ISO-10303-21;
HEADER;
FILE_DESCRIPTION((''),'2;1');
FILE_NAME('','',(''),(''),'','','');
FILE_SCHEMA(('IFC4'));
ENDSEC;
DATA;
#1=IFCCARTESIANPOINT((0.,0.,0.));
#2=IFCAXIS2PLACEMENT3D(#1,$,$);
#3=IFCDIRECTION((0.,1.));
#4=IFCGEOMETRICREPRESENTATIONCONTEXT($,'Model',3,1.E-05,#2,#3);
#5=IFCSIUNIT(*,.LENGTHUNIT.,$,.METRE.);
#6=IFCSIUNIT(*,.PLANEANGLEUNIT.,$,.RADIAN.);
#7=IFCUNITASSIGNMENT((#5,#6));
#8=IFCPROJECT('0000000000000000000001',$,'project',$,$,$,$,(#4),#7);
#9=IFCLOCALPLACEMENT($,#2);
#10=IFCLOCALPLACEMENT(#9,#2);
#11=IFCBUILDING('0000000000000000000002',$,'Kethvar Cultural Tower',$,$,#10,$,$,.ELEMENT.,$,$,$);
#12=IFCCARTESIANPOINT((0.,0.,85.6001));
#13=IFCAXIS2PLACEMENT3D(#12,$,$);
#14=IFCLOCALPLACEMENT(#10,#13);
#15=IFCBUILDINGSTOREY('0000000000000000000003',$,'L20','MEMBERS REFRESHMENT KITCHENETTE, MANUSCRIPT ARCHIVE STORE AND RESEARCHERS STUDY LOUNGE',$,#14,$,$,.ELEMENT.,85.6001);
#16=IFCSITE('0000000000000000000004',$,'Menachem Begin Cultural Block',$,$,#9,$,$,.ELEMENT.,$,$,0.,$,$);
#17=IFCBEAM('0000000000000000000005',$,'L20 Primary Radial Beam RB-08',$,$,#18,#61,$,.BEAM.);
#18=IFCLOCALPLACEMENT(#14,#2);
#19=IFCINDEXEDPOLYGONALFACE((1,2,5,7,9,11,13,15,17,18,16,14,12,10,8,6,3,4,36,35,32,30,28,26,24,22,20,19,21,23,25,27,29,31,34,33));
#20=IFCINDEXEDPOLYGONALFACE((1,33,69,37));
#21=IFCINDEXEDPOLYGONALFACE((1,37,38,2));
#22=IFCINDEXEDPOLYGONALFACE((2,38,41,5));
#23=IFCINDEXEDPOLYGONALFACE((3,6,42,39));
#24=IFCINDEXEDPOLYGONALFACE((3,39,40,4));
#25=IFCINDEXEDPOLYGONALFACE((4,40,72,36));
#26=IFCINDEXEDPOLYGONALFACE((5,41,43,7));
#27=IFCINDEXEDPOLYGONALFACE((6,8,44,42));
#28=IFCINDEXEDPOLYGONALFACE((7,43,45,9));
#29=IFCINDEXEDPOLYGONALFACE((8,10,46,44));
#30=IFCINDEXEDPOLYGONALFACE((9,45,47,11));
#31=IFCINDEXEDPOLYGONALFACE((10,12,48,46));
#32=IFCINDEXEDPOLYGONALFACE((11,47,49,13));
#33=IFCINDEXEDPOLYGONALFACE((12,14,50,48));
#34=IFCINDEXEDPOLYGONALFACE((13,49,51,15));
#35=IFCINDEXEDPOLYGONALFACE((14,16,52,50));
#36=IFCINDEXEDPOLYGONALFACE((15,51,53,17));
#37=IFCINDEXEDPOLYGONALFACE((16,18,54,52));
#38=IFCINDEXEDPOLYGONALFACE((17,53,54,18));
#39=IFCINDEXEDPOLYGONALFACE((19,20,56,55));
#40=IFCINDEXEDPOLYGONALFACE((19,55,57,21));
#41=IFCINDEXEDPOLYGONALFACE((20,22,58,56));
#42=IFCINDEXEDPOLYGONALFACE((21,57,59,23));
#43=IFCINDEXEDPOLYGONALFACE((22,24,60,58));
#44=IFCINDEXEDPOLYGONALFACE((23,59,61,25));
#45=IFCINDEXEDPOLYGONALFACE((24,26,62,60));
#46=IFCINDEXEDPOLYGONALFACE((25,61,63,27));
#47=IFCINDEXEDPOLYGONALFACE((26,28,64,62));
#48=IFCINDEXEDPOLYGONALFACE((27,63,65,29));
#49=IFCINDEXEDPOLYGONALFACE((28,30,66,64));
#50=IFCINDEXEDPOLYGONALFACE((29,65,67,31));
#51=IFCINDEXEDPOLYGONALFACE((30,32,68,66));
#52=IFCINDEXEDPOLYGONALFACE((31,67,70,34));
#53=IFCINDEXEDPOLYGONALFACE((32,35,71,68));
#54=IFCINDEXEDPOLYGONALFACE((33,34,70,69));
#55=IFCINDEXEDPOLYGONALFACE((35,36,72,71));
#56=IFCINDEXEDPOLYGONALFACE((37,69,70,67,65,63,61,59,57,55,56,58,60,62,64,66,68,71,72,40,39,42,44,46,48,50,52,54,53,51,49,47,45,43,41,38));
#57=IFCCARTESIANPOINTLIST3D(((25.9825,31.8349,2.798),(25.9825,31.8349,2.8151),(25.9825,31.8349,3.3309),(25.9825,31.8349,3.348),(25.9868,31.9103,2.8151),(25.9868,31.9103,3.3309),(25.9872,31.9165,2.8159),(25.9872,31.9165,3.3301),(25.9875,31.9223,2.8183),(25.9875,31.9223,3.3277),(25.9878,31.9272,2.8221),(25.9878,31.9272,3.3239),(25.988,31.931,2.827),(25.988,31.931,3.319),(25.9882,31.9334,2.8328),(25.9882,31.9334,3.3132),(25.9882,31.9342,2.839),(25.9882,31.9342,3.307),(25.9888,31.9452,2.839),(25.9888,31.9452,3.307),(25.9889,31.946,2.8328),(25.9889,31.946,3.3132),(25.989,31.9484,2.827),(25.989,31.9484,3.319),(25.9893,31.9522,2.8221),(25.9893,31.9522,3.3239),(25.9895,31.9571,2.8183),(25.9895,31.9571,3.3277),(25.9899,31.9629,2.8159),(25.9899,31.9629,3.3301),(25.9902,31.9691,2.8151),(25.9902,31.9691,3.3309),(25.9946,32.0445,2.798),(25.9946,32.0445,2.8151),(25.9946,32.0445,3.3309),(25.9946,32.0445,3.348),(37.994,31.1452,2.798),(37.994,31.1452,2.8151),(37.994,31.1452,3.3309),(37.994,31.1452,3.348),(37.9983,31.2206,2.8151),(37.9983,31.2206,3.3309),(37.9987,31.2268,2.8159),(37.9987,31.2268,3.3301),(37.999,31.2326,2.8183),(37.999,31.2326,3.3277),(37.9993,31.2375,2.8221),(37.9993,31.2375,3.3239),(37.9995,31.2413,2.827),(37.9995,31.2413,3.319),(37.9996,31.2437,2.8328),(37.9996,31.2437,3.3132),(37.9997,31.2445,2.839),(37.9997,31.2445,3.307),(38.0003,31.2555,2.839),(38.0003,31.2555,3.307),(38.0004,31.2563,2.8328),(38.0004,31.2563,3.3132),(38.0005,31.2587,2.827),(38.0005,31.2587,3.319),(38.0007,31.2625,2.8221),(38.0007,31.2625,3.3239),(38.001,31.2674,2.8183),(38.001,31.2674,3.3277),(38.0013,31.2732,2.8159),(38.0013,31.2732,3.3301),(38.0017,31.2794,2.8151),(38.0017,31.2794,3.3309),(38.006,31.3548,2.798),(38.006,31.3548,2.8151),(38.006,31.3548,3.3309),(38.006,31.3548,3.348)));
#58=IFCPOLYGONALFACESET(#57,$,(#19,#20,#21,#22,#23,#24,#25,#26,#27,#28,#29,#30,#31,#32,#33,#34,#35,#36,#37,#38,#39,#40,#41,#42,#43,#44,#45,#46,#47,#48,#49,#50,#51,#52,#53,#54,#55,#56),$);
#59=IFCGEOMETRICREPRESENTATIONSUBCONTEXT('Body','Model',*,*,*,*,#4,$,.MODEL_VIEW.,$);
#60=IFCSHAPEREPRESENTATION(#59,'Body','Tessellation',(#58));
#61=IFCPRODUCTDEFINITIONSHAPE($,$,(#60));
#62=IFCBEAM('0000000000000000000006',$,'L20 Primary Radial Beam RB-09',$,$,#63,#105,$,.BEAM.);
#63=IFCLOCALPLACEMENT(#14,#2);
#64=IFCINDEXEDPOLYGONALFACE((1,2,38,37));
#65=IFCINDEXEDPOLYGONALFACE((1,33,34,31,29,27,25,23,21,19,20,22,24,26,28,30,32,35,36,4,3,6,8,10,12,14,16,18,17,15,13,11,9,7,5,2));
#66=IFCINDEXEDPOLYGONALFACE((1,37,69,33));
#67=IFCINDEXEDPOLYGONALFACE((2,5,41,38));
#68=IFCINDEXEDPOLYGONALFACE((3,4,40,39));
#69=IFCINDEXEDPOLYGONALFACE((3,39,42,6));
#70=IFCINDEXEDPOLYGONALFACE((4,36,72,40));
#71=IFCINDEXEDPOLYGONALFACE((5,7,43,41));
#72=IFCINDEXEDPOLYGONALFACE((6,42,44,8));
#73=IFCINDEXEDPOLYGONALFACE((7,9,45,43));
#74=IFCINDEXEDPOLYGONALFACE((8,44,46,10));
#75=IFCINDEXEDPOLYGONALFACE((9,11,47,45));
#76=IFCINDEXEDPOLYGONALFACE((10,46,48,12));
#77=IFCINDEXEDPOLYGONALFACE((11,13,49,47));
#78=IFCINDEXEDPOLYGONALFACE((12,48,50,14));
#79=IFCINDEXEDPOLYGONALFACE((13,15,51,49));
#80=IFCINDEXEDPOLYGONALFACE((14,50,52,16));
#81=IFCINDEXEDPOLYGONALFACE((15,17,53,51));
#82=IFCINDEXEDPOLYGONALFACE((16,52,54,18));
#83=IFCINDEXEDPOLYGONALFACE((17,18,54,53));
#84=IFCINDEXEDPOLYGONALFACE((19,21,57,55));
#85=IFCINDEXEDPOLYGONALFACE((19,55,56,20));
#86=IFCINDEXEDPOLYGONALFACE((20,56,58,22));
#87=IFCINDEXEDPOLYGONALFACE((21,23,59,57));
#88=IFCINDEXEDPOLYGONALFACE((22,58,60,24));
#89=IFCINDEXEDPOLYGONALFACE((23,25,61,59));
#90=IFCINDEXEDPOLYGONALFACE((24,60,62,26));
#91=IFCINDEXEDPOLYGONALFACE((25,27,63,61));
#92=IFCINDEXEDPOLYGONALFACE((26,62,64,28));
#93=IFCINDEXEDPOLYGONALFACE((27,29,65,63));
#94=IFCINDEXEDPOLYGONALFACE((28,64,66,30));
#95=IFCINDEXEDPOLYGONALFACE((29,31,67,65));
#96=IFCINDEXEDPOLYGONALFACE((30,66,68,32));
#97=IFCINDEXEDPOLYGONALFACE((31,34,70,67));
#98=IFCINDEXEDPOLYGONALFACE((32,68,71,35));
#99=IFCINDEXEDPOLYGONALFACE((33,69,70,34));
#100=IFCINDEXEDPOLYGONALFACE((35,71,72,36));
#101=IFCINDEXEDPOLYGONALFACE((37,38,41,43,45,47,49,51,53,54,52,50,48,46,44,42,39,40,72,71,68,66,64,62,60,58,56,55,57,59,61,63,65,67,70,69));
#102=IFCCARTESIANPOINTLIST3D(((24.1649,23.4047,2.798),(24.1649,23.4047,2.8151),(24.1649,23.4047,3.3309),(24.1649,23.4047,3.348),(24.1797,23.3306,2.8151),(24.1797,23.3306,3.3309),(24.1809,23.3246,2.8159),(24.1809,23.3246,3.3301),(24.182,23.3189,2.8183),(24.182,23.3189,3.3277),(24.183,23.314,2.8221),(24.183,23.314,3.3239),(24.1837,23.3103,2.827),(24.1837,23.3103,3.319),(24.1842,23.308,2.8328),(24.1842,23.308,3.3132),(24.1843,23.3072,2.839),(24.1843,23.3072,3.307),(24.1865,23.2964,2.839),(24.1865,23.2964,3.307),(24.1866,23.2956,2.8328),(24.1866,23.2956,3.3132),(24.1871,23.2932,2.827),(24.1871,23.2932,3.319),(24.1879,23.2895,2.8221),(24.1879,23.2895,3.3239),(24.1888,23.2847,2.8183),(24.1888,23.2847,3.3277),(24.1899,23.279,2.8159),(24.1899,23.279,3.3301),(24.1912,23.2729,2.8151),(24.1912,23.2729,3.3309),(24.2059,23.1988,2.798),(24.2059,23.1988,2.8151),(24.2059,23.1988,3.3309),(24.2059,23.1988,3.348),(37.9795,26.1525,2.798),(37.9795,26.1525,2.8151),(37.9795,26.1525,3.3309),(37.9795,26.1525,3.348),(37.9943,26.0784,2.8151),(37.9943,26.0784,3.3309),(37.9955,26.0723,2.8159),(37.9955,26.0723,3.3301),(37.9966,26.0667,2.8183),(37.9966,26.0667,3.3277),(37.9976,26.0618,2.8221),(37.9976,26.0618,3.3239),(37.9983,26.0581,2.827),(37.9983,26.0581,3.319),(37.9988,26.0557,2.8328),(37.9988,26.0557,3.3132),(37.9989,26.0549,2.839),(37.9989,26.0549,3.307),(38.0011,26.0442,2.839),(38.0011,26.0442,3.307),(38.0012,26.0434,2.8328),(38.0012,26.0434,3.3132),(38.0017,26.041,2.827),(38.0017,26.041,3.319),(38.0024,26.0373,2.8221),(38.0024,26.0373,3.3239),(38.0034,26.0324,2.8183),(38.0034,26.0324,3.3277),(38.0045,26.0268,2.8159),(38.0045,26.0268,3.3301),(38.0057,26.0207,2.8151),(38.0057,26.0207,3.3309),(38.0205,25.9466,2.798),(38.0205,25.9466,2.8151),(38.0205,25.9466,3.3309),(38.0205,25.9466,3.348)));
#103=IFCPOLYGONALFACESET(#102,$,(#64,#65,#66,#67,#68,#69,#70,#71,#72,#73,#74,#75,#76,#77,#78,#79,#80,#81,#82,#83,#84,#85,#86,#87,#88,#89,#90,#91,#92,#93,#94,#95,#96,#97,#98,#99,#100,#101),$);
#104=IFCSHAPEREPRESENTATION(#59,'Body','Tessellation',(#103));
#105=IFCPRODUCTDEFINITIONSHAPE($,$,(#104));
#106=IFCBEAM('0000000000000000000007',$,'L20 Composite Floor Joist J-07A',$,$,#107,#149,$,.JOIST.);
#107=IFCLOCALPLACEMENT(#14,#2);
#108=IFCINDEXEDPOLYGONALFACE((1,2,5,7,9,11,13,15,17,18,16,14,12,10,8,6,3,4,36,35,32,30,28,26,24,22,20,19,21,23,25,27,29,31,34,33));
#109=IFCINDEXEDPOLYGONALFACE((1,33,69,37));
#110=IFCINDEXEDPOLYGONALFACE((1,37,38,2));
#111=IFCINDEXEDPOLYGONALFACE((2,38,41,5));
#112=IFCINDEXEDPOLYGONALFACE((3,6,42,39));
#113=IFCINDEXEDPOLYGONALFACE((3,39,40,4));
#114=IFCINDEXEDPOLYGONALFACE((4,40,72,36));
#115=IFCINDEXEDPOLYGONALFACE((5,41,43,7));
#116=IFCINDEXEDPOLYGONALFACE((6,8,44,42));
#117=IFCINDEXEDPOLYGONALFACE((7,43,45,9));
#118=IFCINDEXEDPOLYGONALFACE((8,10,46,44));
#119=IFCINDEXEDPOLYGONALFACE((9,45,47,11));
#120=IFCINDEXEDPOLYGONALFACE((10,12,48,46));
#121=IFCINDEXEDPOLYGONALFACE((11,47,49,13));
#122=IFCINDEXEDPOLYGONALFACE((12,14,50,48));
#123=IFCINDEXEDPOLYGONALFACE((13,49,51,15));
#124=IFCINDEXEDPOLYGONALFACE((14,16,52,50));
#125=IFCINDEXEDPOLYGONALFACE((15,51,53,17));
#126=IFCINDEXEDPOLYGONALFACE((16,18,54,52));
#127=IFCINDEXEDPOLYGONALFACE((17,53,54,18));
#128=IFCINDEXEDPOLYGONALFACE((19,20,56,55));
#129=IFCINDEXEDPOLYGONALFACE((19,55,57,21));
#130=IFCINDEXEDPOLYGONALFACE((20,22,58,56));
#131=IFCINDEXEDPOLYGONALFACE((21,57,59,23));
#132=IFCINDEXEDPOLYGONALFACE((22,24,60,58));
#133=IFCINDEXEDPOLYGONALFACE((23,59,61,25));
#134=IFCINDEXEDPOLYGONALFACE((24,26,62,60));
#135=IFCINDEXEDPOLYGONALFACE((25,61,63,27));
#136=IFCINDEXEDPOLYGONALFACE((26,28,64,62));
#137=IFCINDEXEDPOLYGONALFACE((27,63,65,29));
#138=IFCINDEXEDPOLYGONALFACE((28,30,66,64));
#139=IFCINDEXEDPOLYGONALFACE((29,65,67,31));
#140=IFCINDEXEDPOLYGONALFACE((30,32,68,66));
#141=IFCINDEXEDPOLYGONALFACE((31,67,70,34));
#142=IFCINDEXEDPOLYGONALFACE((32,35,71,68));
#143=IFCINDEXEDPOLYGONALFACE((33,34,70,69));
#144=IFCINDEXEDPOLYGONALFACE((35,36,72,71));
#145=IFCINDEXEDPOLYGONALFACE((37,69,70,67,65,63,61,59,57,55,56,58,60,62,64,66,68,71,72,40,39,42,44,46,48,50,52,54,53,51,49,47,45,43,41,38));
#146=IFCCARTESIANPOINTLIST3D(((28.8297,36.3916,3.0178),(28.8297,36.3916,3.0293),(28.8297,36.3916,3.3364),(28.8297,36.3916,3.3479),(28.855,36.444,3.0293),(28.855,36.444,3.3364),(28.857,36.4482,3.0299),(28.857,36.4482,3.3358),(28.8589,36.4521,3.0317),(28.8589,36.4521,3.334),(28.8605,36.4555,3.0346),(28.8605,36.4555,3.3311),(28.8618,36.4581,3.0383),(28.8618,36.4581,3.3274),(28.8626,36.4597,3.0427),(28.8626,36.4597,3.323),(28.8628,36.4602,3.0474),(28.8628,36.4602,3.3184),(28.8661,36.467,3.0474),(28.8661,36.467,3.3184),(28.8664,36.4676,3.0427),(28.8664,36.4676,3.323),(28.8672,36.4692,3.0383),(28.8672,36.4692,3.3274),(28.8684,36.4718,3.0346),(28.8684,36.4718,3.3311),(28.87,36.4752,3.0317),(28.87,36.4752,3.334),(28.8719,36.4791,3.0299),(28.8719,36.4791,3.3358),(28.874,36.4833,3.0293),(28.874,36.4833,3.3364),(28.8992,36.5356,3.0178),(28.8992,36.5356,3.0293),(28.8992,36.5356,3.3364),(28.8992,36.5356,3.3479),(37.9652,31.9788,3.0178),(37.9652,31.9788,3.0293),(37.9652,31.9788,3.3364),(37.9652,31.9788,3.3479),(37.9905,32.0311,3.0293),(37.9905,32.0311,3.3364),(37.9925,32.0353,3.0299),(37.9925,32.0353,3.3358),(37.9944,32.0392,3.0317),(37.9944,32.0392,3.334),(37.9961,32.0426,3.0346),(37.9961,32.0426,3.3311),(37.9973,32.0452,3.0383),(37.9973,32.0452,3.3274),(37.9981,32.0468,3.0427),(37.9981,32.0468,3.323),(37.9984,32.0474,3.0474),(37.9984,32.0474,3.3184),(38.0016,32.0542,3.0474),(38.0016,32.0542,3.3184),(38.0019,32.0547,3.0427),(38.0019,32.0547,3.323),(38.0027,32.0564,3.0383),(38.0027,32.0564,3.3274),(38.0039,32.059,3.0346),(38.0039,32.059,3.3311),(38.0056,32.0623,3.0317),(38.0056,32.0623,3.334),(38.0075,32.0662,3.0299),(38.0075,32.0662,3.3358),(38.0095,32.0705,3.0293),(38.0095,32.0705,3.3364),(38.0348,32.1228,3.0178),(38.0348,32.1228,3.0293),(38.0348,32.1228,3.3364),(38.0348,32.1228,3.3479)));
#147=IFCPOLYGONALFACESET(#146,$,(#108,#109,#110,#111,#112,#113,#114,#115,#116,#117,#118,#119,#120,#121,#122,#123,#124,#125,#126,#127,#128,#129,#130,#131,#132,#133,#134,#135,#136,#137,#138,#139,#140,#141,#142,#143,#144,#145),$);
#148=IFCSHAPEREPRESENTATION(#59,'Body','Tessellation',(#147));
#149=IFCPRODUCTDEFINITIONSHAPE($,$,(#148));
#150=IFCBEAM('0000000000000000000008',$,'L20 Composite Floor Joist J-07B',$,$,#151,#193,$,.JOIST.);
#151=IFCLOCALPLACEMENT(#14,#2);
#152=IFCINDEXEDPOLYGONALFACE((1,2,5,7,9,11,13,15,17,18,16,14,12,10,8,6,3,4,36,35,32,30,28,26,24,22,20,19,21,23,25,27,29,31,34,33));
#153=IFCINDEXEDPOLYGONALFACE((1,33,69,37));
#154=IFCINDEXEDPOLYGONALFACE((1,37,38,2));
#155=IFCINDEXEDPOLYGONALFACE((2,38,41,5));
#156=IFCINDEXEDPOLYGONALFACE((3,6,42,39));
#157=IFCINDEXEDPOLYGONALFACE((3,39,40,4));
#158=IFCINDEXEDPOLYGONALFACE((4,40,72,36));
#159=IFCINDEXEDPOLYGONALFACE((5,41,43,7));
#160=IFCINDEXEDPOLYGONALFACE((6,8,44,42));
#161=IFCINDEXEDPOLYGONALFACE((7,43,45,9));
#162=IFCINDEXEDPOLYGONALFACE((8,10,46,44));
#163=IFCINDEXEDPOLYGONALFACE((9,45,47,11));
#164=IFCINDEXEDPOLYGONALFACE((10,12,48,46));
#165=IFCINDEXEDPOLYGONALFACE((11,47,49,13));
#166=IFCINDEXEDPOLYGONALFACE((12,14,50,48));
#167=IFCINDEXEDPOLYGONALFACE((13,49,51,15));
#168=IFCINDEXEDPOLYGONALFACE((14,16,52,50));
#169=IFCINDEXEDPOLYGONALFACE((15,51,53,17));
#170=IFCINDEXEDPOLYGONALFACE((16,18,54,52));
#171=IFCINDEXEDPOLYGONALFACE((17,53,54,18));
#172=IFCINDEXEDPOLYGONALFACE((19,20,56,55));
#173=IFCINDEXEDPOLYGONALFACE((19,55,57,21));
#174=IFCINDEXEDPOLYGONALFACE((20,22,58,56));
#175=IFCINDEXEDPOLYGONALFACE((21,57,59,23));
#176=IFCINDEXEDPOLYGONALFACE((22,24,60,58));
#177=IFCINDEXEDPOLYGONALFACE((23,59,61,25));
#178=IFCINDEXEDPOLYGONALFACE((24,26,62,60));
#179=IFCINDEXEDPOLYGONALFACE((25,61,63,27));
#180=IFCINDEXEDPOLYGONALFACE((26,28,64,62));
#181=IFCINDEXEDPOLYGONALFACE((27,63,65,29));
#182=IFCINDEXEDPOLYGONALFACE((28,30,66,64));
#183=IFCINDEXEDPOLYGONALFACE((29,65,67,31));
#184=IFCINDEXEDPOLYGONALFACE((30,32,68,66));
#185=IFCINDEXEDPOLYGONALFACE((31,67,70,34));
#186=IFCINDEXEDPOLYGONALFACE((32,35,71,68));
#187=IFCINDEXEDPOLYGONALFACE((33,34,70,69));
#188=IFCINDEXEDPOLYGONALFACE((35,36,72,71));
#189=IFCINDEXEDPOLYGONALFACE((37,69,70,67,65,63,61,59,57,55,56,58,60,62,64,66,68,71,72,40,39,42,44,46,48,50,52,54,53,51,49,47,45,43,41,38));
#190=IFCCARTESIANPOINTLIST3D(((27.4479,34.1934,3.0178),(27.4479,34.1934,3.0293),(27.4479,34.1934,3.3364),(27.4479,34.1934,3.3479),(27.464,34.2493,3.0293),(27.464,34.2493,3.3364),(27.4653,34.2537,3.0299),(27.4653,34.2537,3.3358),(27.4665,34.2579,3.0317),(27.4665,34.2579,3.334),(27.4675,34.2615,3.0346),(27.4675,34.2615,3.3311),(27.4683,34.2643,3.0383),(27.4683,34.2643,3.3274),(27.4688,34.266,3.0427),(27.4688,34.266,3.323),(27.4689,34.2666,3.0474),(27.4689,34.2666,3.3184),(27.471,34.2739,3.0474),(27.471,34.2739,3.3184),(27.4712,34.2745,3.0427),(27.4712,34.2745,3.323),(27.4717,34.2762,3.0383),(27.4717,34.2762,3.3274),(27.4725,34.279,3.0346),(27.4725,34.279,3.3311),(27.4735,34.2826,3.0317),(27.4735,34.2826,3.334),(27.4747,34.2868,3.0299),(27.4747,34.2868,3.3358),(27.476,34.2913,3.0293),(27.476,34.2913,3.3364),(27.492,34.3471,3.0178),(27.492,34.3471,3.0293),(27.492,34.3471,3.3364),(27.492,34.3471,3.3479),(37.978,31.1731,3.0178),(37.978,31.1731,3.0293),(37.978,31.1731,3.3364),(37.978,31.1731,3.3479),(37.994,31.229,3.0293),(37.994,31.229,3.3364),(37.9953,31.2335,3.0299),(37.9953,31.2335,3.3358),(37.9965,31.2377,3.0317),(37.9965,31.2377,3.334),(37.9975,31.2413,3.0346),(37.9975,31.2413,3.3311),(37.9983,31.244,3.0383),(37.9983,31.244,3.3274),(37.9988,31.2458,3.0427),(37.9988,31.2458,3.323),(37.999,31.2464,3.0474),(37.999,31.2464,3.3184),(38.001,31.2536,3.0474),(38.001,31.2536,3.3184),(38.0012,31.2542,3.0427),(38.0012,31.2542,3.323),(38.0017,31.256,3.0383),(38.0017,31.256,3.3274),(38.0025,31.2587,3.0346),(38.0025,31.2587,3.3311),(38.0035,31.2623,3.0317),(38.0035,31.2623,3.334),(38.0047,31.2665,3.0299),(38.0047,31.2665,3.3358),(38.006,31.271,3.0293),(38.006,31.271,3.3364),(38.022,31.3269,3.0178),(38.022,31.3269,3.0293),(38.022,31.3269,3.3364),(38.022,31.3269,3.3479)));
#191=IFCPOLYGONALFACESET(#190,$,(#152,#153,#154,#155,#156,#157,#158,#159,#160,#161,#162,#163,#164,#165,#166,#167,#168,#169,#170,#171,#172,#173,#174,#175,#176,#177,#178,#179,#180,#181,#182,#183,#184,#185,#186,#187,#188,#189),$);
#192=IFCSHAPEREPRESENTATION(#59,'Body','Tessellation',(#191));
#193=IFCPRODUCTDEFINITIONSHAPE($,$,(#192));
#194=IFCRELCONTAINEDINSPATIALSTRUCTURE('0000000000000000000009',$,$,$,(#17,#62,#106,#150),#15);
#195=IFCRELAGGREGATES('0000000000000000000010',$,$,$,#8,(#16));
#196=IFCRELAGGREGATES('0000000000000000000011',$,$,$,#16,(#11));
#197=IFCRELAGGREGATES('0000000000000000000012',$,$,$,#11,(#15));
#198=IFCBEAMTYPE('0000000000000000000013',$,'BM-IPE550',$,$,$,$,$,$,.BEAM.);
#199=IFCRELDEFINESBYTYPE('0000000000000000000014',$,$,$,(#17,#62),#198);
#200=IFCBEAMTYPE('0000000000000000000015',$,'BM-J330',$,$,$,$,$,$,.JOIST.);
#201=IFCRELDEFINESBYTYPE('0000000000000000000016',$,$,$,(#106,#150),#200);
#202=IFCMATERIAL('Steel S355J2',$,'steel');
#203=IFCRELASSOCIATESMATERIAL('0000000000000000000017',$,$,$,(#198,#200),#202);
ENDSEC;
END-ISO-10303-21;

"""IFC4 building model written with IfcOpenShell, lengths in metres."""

from ifc_helpers import new_model, si_unit, direction, frame, origin, origin_2d, place, context, subcontext, project, spatial, i_section, extrude, source, transform, mapped, material, material_profile, profile_set, type_object, element, save


model = new_model("IFC4")

# Units and contexts
model_context = context("Model", 3, precision=1e-05, world=origin(), true_north=direction((0.0, 1.0)))
body_context = subcontext(model_context, "Body", "Model", "MODEL_VIEW")
ifc_project = project(units=[si_unit("LENGTHUNIT", "METRE"), si_unit("PLANEANGLEUNIT", "RADIAN")], contexts=[model_context])

# Site, building, storey
site_placement = place(None, origin())
site = spatial("IfcSite", under=ifc_project, at=site_placement, Name="Menachem Begin Cultural Block", CompositionType="ELEMENT", RefElevation=0.0)
building_placement = place(site_placement, origin())
building = spatial("IfcBuilding", under=site, at=building_placement, Name="Kethvar Cultural Tower", CompositionType="ELEMENT")
storey_placement = place(building_placement, frame((0.0, 0.0, 85.6001)))
storey = spatial("IfcBuildingStorey", under=building, at=storey_placement, Name="L20", Description="MEMBERS REFRESHMENT KITCHENETTE, MANUSCRIPT ARCHIVE STORE AND RESEARCHERS STUDY LOUNGE", CompositionType="ELEMENT", Elevation=85.6001)

# Beams
ifc_material_1 = material(Name="Steel S355J2", Category="steel")
ifc_material_profile_1 = material_profile(ifc_material_1, i_section(OverallWidth=0.21, OverallDepth=0.55, WebThickness=0.011, FlangeThickness=0.0171, FilletRadius=0.0239, at=origin_2d()), Name="Steel S355J2 — IPE550")
ifc_profile_set_1 = profile_set([ifc_material_profile_1], Name="Steel S355J2 — IPE550")
beam_type_1 = type_object("IfcBeamType", Name="BM-IPE550", PredefinedType="BEAM", material=ifc_profile_set_1)
shared_shape_1 = source(origin(), body_context, "Body", "SweptSolid", [
    extrude(i_section(OverallWidth=0.21, OverallDepth=0.55, WebThickness=0.011, FlangeThickness=0.0171, FilletRadius=0.0239, at=origin_2d()), origin(), (0.0, 0.0, 1.0), 12.0312),
])
beam_1_placement = place(storey_placement, frame((38.0, 31.25, 3.073), z_axis=(-0.998356, 0.057325, 0.0), x_axis=(-0.057325, -0.998356, 0.0)))
element("IfcBeam", 1, at=beam_1_placement, inside=storey, type_object=beam_type_1, Name="L20 Primary Radial Beam RB-08", PredefinedType="BEAM", context=body_context, shape_type="MappedRepresentation", body=[
    mapped(shared_shape_1, transform((0.0, 0.0, 0.0), scale=1.0)),
])
shared_shape_2 = source(origin(), body_context, "Body", "SweptSolid", [
    extrude(i_section(OverallWidth=0.21, OverallDepth=0.55, WebThickness=0.011, FlangeThickness=0.0171, FilletRadius=0.0239, at=origin_2d()), origin(), (0.0, 0.0, 1.0), 14.0852),
])
beam_2_placement = place(storey_placement, frame((38.0, 26.0496, 3.073), z_axis=(-0.980787, -0.195083, 0.0), x_axis=(0.195083, -0.980787, 0.0)))
element("IfcBeam", 2, at=beam_2_placement, inside=storey, type_object=beam_type_1, Name="L20 Primary Radial Beam RB-09", PredefinedType="BEAM", context=body_context, shape_type="MappedRepresentation", body=[
    mapped(shared_shape_2, transform((0.0, 0.0, 0.0), scale=1.0)),
])
ifc_material_profile_2 = material_profile(ifc_material_1, i_section(OverallWidth=0.1599, OverallDepth=0.3301, WebThickness=0.0076, FlangeThickness=0.0115, FilletRadius=0.0181, at=origin_2d()), Name="Steel S355J2 — IPE330")
ifc_profile_set_2 = profile_set([ifc_material_profile_2], Name="Steel S355J2 — IPE330")
beam_type_2 = type_object("IfcBeamType", Name="BM-J330", PredefinedType="JOIST", material=ifc_profile_set_2)
shared_shape_3 = source(origin(), body_context, "Body", "SweptSolid", [
    extrude(i_section(OverallWidth=0.1599, OverallDepth=0.3301, WebThickness=0.0076, FlangeThickness=0.0115, FilletRadius=0.0181, at=origin_2d()), origin(), (0.0, 0.0, 1.0), 10.1455),
])
beam_3_placement = place(storey_placement, frame((38.0, 32.0508, 3.1829), z_axis=(-0.900451, 0.434957, 0.0), x_axis=(-0.434957, -0.900451, 0.0)))
element("IfcBeam", 3, at=beam_3_placement, inside=storey, type_object=beam_type_2, Name="L20 Composite Floor Joist J-07A", PredefinedType="JOIST", context=body_context, shape_type="MappedRepresentation", body=[
    mapped(shared_shape_3, transform((0.0, 0.0, 0.0), scale=1.0)),
])
shared_shape_4 = source(origin(), body_context, "Body", "SweptSolid", [
    extrude(i_section(OverallWidth=0.1599, OverallDepth=0.3301, WebThickness=0.0076, FlangeThickness=0.0115, FilletRadius=0.0181, at=origin_2d()), origin(), (0.0, 0.0, 1.0), 10.9546),
])
beam_4_placement = place(storey_placement, frame((38.0, 31.25, 3.1829), z_axis=(-0.961242, 0.275707, 0.0), x_axis=(-0.275707, -0.961242, 0.0)))
element("IfcBeam", 4, at=beam_4_placement, inside=storey, type_object=beam_type_2, Name="L20 Composite Floor Joist J-07B", PredefinedType="JOIST", context=body_context, shape_type="MappedRepresentation", body=[
    mapped(shared_shape_4, transform((0.0, 0.0, 0.0), scale=1.0)),
])

save(model, "model.ifc")
